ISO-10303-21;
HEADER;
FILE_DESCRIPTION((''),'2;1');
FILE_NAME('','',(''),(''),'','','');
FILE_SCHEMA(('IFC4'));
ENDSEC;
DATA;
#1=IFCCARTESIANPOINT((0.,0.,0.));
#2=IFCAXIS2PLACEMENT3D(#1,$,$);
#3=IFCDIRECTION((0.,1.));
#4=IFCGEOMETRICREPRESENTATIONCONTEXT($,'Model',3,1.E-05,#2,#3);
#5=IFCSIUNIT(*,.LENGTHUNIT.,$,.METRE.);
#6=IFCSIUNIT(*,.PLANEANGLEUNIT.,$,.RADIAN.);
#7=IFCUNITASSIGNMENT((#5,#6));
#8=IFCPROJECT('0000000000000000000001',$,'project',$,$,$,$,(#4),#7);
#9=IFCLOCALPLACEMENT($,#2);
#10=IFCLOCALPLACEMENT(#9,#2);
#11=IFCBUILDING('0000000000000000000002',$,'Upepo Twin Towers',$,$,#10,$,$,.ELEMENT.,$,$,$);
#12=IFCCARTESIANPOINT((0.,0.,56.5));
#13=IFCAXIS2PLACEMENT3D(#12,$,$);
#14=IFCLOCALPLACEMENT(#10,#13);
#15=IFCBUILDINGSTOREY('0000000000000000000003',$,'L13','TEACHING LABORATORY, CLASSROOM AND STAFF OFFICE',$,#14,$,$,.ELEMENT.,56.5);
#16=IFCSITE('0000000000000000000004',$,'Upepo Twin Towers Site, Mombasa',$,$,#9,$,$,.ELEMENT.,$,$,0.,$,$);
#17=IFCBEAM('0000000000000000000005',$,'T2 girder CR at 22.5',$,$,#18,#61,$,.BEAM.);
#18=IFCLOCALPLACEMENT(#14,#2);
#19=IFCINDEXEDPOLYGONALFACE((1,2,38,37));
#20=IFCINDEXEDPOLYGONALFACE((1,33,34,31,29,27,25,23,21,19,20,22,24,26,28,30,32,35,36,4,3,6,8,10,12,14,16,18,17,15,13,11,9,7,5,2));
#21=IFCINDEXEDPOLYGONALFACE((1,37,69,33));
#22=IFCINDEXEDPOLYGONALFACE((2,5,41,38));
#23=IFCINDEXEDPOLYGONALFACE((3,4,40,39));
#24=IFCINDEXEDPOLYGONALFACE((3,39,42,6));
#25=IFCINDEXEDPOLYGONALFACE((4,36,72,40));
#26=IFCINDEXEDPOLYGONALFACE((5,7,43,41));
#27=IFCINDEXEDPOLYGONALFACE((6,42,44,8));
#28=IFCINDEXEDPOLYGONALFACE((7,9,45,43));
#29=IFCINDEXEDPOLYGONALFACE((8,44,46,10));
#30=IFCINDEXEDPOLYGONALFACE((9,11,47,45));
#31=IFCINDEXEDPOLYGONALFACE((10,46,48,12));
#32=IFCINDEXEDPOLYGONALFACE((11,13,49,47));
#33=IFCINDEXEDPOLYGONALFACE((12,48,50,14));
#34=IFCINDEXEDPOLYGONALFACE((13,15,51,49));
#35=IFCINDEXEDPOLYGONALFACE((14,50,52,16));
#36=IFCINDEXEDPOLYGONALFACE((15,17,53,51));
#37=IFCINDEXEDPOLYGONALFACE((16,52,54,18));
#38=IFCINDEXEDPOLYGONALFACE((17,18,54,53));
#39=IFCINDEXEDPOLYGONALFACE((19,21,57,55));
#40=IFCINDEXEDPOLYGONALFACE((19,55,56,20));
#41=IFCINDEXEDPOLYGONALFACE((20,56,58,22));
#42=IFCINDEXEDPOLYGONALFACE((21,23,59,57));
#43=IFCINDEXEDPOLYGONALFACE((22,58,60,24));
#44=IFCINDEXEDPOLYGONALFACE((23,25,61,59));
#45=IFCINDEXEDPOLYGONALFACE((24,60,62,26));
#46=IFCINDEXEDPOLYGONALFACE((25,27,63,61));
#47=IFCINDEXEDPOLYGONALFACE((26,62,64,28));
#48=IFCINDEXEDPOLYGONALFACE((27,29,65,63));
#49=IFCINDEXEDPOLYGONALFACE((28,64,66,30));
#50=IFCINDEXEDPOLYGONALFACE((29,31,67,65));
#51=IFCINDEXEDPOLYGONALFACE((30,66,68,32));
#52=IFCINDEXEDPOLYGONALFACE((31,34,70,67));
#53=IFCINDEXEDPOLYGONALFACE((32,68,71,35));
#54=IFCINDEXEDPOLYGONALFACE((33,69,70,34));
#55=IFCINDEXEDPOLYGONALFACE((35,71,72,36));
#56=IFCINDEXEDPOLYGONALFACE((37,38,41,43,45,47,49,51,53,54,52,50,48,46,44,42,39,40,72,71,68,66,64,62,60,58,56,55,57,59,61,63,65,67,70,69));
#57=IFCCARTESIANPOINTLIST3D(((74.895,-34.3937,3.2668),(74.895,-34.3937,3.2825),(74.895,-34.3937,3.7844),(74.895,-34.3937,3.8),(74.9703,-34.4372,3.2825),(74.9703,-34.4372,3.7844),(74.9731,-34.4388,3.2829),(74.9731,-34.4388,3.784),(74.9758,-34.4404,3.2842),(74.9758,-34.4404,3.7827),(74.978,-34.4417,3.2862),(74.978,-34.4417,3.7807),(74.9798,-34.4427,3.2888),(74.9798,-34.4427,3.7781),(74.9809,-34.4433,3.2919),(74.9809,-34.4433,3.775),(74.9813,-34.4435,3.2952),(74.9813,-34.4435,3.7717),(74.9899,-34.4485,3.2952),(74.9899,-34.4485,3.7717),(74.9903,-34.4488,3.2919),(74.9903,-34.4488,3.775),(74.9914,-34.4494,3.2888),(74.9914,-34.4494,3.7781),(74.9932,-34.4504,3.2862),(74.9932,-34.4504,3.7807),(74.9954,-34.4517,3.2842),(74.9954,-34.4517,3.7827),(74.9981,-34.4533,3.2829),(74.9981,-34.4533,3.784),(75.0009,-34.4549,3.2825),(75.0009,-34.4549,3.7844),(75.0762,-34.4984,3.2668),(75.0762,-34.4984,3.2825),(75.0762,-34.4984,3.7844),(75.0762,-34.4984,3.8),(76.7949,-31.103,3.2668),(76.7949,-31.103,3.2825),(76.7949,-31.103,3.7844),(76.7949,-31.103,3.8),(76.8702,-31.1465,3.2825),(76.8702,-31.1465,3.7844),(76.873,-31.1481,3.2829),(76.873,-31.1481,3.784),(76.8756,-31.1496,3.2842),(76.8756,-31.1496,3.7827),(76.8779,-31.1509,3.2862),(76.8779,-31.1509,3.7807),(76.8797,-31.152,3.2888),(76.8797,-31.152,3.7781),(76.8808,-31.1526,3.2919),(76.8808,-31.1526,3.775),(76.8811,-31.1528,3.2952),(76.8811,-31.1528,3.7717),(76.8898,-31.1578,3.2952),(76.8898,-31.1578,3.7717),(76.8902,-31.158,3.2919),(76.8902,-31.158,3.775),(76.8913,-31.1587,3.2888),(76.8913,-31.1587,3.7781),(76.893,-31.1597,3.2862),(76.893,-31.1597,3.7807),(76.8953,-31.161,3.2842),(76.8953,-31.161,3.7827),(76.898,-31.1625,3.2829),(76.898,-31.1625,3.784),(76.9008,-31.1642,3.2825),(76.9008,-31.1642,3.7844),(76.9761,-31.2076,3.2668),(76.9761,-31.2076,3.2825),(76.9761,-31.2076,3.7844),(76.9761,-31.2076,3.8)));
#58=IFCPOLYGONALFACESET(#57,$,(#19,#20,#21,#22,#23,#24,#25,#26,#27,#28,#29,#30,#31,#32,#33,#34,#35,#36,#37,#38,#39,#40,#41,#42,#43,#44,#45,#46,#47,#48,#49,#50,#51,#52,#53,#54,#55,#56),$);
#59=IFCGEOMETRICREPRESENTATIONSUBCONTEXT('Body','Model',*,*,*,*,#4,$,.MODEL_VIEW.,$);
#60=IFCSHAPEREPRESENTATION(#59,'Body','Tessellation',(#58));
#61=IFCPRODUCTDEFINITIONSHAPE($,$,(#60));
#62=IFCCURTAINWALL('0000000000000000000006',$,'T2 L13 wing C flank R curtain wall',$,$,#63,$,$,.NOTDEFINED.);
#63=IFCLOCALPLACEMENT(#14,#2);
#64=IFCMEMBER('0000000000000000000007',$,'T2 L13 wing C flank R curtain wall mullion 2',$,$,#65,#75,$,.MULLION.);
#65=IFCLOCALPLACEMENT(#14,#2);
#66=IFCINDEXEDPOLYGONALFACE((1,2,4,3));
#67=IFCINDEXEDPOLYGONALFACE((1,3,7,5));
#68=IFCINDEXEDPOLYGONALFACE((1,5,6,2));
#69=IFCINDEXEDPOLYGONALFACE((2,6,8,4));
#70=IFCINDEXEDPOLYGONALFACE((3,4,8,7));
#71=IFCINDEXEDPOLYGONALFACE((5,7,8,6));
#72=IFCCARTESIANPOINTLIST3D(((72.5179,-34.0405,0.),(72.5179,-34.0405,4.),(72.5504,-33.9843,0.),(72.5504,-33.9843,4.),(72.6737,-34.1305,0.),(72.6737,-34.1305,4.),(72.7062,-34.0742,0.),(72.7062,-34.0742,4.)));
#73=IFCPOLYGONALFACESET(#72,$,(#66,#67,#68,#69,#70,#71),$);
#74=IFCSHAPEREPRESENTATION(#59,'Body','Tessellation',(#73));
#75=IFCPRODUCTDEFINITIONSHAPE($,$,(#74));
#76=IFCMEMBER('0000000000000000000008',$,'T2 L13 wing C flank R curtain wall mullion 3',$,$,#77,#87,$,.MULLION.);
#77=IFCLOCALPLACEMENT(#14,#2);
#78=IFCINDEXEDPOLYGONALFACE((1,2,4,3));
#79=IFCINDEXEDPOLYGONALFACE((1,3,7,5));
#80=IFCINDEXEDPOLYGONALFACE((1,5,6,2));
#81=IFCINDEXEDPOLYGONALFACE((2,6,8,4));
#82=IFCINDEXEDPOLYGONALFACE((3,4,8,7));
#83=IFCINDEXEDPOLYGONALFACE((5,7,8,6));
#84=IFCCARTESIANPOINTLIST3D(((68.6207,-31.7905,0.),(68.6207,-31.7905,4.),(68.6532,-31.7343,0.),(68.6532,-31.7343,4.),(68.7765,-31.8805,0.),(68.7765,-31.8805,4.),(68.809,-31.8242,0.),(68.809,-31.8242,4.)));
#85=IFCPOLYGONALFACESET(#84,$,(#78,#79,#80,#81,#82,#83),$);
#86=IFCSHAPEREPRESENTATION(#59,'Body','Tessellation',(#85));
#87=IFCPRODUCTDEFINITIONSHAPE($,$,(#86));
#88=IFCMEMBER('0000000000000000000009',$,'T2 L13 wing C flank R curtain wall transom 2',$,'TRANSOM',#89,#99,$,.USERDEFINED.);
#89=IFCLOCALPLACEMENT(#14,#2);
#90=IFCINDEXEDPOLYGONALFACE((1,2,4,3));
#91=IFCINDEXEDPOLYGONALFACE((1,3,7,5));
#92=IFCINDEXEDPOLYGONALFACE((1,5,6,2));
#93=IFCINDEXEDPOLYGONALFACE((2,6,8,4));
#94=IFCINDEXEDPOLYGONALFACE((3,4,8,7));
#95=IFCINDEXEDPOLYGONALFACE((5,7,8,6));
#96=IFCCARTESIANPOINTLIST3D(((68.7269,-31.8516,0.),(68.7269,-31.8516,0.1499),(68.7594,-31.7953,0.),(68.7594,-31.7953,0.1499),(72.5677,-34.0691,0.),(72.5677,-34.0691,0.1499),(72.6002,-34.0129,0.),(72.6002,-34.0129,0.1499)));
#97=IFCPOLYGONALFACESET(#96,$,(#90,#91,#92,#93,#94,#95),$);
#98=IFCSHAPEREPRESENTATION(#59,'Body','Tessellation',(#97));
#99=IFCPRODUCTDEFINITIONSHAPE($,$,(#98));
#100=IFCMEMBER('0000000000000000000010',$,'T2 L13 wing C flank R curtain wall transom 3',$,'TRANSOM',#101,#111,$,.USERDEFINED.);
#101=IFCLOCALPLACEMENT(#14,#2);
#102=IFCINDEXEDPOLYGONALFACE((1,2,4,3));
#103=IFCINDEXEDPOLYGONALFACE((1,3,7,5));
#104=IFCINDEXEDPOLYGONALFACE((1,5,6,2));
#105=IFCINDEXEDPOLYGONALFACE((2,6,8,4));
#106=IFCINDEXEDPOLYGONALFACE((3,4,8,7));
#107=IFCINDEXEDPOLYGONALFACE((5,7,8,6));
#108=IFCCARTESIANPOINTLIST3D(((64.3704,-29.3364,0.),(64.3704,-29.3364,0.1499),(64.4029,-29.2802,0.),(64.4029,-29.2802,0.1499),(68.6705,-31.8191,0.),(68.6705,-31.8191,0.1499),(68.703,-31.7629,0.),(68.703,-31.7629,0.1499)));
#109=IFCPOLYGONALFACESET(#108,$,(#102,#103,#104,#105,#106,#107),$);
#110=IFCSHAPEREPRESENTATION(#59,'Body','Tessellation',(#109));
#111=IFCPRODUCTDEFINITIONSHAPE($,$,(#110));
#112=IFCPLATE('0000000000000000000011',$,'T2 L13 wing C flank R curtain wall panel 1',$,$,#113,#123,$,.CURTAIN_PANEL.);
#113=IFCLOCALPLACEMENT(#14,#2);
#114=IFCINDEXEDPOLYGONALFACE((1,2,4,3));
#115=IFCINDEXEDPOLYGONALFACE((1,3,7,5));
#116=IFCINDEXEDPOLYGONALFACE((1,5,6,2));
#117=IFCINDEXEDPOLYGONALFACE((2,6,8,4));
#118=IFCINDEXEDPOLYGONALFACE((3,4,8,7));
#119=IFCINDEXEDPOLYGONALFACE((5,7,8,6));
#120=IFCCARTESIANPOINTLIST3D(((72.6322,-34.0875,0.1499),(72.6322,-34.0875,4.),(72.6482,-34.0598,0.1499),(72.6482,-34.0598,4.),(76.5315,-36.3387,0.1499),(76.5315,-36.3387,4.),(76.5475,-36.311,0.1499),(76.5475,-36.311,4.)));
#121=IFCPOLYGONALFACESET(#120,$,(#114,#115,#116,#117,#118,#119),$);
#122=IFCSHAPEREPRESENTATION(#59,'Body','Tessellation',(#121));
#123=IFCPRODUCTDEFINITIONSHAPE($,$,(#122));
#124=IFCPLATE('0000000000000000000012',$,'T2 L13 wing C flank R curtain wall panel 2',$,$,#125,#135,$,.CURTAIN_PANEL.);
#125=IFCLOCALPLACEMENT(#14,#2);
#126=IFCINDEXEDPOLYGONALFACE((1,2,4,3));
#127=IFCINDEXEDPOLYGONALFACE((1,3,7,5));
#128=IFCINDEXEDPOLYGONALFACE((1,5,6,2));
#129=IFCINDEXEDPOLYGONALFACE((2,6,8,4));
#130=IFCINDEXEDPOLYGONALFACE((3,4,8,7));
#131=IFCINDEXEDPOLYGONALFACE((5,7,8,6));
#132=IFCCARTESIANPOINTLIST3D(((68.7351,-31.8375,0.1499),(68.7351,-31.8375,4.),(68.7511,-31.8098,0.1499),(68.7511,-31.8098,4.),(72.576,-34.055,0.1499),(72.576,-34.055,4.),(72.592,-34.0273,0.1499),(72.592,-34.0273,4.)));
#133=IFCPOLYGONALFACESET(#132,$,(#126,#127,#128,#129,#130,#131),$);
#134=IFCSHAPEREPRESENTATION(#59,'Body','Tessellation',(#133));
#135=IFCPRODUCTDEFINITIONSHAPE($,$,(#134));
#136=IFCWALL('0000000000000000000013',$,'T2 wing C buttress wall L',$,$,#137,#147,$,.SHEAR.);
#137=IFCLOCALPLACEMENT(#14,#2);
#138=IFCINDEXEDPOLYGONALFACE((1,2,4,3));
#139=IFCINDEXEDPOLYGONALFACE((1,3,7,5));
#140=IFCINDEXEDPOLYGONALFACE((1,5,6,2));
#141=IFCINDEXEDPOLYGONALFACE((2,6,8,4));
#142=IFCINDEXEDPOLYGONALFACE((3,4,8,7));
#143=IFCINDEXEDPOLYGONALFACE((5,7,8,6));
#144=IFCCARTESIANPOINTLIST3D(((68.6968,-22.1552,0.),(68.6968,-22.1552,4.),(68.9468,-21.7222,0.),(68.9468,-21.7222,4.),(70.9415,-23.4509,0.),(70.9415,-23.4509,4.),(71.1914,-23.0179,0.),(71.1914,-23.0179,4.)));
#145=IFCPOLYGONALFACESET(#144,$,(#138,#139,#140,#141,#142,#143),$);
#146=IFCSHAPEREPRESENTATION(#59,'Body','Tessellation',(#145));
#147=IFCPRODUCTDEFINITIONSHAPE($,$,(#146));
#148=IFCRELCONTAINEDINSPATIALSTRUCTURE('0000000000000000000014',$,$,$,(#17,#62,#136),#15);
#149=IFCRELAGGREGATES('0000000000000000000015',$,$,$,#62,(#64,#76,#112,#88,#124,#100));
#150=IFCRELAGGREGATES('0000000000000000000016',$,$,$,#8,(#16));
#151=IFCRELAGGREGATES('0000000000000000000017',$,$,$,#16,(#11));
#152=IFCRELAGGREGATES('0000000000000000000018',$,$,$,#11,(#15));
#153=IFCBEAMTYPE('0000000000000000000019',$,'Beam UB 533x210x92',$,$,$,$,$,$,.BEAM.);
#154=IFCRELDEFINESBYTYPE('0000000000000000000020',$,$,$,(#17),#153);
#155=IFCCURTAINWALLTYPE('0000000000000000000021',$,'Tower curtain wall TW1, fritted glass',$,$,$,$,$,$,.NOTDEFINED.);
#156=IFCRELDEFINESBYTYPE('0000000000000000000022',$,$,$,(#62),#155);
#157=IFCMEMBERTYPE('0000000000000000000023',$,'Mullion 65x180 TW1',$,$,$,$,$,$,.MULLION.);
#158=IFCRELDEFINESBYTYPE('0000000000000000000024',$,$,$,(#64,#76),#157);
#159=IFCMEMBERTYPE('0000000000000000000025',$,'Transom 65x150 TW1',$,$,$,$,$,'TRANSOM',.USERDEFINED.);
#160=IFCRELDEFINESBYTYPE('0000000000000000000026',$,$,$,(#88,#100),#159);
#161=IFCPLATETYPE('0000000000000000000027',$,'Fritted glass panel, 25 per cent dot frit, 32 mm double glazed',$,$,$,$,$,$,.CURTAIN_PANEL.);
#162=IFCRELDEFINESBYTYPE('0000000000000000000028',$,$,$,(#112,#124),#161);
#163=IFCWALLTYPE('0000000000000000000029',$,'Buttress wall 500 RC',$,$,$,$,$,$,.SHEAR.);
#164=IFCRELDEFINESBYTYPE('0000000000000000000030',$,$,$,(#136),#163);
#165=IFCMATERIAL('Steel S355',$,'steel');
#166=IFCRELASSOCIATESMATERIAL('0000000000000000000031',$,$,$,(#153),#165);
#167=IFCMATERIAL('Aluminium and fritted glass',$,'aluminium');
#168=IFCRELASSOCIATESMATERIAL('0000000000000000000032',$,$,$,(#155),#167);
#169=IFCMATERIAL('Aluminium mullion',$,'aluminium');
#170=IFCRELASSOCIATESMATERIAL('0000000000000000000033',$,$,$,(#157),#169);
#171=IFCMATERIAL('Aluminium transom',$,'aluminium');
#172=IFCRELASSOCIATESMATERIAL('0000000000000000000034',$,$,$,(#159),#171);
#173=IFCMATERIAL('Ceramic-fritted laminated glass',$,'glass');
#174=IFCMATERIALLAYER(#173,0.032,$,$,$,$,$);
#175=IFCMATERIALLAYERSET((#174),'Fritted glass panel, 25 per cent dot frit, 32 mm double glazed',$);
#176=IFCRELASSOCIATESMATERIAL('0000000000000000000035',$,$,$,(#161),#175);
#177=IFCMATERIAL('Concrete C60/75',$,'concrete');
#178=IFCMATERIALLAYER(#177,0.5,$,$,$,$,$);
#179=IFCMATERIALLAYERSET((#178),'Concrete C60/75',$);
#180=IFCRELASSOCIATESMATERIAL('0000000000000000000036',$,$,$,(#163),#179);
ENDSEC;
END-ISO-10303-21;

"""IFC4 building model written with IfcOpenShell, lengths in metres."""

from ifc_helpers import new_model, si_unit, direction, frame, frame_2d, origin, origin_2d, place, context, subcontext, project, spatial, rectangle, i_section, extrude, material, layer, layer_set, material_profile, profile_set, type_object, element, aggregate, save


model = new_model("IFC4")

# Units and contexts
model_context = context("Model", 3, precision=1e-05, world=origin(), true_north=direction((0.0, 1.0)))
body_context = subcontext(model_context, "Body", "Model", "MODEL_VIEW")
ifc_project = project(units=[si_unit("LENGTHUNIT", "METRE"), si_unit("PLANEANGLEUNIT", "RADIAN")], contexts=[model_context])

# Site, building, storey
site_placement = place(None, origin())
site = spatial("IfcSite", under=ifc_project, at=site_placement, Name="Upepo Twin Towers Site, Mombasa", CompositionType="ELEMENT", RefElevation=0.0)
building_placement = place(site_placement, origin())
building = spatial("IfcBuilding", under=site, at=building_placement, Name="Upepo Twin Towers", CompositionType="ELEMENT")
storey_placement = place(building_placement, frame((0.0, 0.0, 56.5)))
storey = spatial("IfcBuildingStorey", under=building, at=storey_placement, Name="L13", Description="TEACHING LABORATORY, CLASSROOM AND STAFF OFFICE", CompositionType="ELEMENT", Elevation=56.5)

# Beam
ifc_material_1 = material(Name="Steel S355", Category="steel")
ifc_material_profile_1 = material_profile(ifc_material_1, i_section(OverallWidth=0.2092, OverallDepth=0.5332, WebThickness=0.01, FlangeThickness=0.0156, FilletRadius=0.0127, at=origin_2d()), Name="UB 533x210x92")
ifc_profile_set_1 = profile_set([ifc_material_profile_1], Name="Steel S355")
beam_type_1 = type_object("IfcBeamType", Name="Beam UB 533x210x92", PredefinedType="BEAM", material=ifc_profile_set_1)
beam_1_placement = place(storey_placement, frame((74.9856, -34.446, 3.5334), z_axis=(0.499995, 0.866028, 0.0), x_axis=(-0.866028, 0.499995, 0.0)))
element("IfcBeam", 1, at=beam_1_placement, inside=storey, type_object=beam_type_1, Name="T2 girder CR at 22.5", PredefinedType="BEAM", context=body_context, shape_type="SweptSolid", body=[
    extrude(i_section(OverallWidth=0.2092, OverallDepth=0.5332, WebThickness=0.01, FlangeThickness=0.0156, FilletRadius=0.0127, at=origin_2d()), origin(), (0.0, 0.0, 1.0), 3.7998),
])

# Curtain wall, members, plates
ifc_material_2 = material(Name="Aluminium and fritted glass", Category="aluminium")
curtain_wall_type = type_object("IfcCurtainWallType", Name="Tower curtain wall TW1, fritted glass", PredefinedType="NOTDEFINED", material=ifc_material_2)
curtain_wall_placement = place(storey_placement, origin())
curtain_wall = element("IfcCurtainWall", 2, at=curtain_wall_placement, inside=storey, type_object=curtain_wall_type, Name="T2 L13 wing C flank R curtain wall", PredefinedType="NOTDEFINED")
ifc_material_3 = material(Name="Aluminium mullion", Category="aluminium")
ifc_material_profile_2 = material_profile(ifc_material_3, rectangle(XDim=0.0649, YDim=0.1799, at=origin_2d()), Name="MULLION 65x180")
ifc_profile_set_2 = profile_set([ifc_material_profile_2], Name="Aluminium mullion")
member_type_1 = type_object("IfcMemberType", Name="Mullion 65x180 TW1", PredefinedType="MULLION", material=ifc_profile_set_2)
member_1_placement = place(storey_placement, frame((72.6121, -34.0574, 0.0), z_axis=(0.0, 0.0, 1.0), x_axis=(-0.5, -0.866025, 0.0)))
member_1 = element("IfcMember", 3, at=member_1_placement, type_object=member_type_1, Name="T2 L13 wing C flank R curtain wall mullion 2", PredefinedType="MULLION", context=body_context, shape_type="SweptSolid", body=[
    extrude(rectangle(XDim=0.0649, YDim=0.1799, at=origin_2d()), origin(), (0.0, 0.0, 1.0), 4.0),
])
member_2_placement = place(storey_placement, frame((68.7148, -31.8074, 0.0), z_axis=(0.0, 0.0, 1.0), x_axis=(-0.5, -0.866025, 0.0)))
member_2 = element("IfcMember", 4, at=member_2_placement, type_object=member_type_1, Name="T2 L13 wing C flank R curtain wall mullion 3", PredefinedType="MULLION", context=body_context, shape_type="SweptSolid", body=[
    extrude(rectangle(XDim=0.0649, YDim=0.1799, at=origin_2d()), origin(), (0.0, 0.0, 1.0), 4.0),
])
ifc_material_4 = material(Name="Aluminium transom", Category="aluminium")
ifc_material_profile_3 = material_profile(ifc_material_4, rectangle(XDim=0.0649, YDim=0.1499, at=origin_2d()), Name="TRANSOM 65x150")
ifc_profile_set_3 = profile_set([ifc_material_profile_3], Name="Aluminium transom")
member_type_2 = type_object("IfcMemberType", Name="Transom 65x150 TW1", ElementType="TRANSOM", PredefinedType="USERDEFINED", material=ifc_profile_set_3)
member_3_placement = place(storey_placement, frame((72.584, -34.041, 0.075), z_axis=(-0.866022, 0.500005, 0.0), x_axis=(-0.500005, -0.866022, 0.0)))
member_3 = element("IfcMember", 5, at=member_3_placement, type_object=member_type_2, Name="T2 L13 wing C flank R curtain wall transom 2", ObjectType="TRANSOM", PredefinedType="USERDEFINED", context=body_context, shape_type="SweptSolid", body=[
    extrude(rectangle(XDim=0.0649, YDim=0.1499, at=origin_2d()), origin(), (0.0, 0.0, 1.0), 4.4351),
])
member_4_placement = place(storey_placement, frame((68.6868, -31.791, 0.075), z_axis=(-0.866023, 0.500005, 0.0), x_axis=(-0.500005, -0.866023, 0.0)))
member_4 = element("IfcMember", 6, at=member_4_placement, type_object=member_type_2, Name="T2 L13 wing C flank R curtain wall transom 3", ObjectType="TRANSOM", PredefinedType="USERDEFINED", context=body_context, shape_type="SweptSolid", body=[
    extrude(rectangle(XDim=0.0649, YDim=0.1499, at=origin_2d()), origin(), (0.0, 0.0, 1.0), 4.9653),
])
ifc_material_5 = material(Name="Ceramic-fritted laminated glass", Category="glass")
ifc_layer_1 = layer(ifc_material_5, 0.032)
ifc_layer_set_1 = layer_set([ifc_layer_1], Name="Fritted glass panel, 25 per cent dot frit, 32 mm double glazed")
plate_type = type_object("IfcPlateType", Name="Fritted glass panel, 25 per cent dot frit, 32 mm double glazed", PredefinedType="CURTAIN_PANEL", material=ifc_layer_set_1)
plate_1_placement = place(storey_placement, frame((74.5898, -35.1992, 0.1499), z_axis=(0.0, 0.0, 1.0), x_axis=(-0.866025, 0.5, 0.0)))
plate_1 = element("IfcPlate", 7, at=plate_1_placement, type_object=plate_type, Name="T2 L13 wing C flank R curtain wall panel 1", PredefinedType="CURTAIN_PANEL", context=body_context, shape_type="SweptSolid", body=[
    extrude(rectangle(XDim=4.5024, YDim=0.032, at=origin_2d()), origin(), (0.0, 0.0, 1.0), 3.8501),
])
plate_2_placement = place(storey_placement, frame((70.6636, -32.9324, 0.1499), z_axis=(0.0, 0.0, 1.0), x_axis=(-0.866025, 0.5, 0.0)))
plate_2 = element("IfcPlate", 8, at=plate_2_placement, type_object=plate_type, Name="T2 L13 wing C flank R curtain wall panel 2", PredefinedType="CURTAIN_PANEL", context=body_context, shape_type="SweptSolid", body=[
    extrude(rectangle(XDim=4.4351, YDim=0.032, at=origin_2d()), origin(), (0.0, 0.0, 1.0), 3.8501),
])
aggregate(curtain_wall, [member_1, member_2, plate_1, member_3, plate_2, member_4])

# Wall
ifc_material_6 = material(Name="Concrete C60/75", Category="concrete")
ifc_layer_2 = layer(ifc_material_6, 0.5)
ifc_layer_set_2 = layer_set([ifc_layer_2], Name="Concrete C60/75")
wall_type_1 = type_object("IfcWallType", Name="Buttress wall 500 RC", PredefinedType="SHEAR", material=ifc_layer_set_2)
wall_1_placement = place(storey_placement, frame((68.8218, -21.9387, 0.0), z_axis=(0.0, 0.0, 1.0), x_axis=(0.866073, -0.499918, 0.0)))
element("IfcWall", 9, at=wall_1_placement, inside=storey, type_object=wall_type_1, Name="T2 wing C buttress wall L", PredefinedType="SHEAR", context=body_context, shape_type="SweptSolid", body=[
    extrude(rectangle(XDim=2.5918, YDim=0.5, at=frame_2d((1.2959, 0.0))), origin(), (0.0, 0.0, 1.0), 4.0),
])

save(model, "model.ifc")
